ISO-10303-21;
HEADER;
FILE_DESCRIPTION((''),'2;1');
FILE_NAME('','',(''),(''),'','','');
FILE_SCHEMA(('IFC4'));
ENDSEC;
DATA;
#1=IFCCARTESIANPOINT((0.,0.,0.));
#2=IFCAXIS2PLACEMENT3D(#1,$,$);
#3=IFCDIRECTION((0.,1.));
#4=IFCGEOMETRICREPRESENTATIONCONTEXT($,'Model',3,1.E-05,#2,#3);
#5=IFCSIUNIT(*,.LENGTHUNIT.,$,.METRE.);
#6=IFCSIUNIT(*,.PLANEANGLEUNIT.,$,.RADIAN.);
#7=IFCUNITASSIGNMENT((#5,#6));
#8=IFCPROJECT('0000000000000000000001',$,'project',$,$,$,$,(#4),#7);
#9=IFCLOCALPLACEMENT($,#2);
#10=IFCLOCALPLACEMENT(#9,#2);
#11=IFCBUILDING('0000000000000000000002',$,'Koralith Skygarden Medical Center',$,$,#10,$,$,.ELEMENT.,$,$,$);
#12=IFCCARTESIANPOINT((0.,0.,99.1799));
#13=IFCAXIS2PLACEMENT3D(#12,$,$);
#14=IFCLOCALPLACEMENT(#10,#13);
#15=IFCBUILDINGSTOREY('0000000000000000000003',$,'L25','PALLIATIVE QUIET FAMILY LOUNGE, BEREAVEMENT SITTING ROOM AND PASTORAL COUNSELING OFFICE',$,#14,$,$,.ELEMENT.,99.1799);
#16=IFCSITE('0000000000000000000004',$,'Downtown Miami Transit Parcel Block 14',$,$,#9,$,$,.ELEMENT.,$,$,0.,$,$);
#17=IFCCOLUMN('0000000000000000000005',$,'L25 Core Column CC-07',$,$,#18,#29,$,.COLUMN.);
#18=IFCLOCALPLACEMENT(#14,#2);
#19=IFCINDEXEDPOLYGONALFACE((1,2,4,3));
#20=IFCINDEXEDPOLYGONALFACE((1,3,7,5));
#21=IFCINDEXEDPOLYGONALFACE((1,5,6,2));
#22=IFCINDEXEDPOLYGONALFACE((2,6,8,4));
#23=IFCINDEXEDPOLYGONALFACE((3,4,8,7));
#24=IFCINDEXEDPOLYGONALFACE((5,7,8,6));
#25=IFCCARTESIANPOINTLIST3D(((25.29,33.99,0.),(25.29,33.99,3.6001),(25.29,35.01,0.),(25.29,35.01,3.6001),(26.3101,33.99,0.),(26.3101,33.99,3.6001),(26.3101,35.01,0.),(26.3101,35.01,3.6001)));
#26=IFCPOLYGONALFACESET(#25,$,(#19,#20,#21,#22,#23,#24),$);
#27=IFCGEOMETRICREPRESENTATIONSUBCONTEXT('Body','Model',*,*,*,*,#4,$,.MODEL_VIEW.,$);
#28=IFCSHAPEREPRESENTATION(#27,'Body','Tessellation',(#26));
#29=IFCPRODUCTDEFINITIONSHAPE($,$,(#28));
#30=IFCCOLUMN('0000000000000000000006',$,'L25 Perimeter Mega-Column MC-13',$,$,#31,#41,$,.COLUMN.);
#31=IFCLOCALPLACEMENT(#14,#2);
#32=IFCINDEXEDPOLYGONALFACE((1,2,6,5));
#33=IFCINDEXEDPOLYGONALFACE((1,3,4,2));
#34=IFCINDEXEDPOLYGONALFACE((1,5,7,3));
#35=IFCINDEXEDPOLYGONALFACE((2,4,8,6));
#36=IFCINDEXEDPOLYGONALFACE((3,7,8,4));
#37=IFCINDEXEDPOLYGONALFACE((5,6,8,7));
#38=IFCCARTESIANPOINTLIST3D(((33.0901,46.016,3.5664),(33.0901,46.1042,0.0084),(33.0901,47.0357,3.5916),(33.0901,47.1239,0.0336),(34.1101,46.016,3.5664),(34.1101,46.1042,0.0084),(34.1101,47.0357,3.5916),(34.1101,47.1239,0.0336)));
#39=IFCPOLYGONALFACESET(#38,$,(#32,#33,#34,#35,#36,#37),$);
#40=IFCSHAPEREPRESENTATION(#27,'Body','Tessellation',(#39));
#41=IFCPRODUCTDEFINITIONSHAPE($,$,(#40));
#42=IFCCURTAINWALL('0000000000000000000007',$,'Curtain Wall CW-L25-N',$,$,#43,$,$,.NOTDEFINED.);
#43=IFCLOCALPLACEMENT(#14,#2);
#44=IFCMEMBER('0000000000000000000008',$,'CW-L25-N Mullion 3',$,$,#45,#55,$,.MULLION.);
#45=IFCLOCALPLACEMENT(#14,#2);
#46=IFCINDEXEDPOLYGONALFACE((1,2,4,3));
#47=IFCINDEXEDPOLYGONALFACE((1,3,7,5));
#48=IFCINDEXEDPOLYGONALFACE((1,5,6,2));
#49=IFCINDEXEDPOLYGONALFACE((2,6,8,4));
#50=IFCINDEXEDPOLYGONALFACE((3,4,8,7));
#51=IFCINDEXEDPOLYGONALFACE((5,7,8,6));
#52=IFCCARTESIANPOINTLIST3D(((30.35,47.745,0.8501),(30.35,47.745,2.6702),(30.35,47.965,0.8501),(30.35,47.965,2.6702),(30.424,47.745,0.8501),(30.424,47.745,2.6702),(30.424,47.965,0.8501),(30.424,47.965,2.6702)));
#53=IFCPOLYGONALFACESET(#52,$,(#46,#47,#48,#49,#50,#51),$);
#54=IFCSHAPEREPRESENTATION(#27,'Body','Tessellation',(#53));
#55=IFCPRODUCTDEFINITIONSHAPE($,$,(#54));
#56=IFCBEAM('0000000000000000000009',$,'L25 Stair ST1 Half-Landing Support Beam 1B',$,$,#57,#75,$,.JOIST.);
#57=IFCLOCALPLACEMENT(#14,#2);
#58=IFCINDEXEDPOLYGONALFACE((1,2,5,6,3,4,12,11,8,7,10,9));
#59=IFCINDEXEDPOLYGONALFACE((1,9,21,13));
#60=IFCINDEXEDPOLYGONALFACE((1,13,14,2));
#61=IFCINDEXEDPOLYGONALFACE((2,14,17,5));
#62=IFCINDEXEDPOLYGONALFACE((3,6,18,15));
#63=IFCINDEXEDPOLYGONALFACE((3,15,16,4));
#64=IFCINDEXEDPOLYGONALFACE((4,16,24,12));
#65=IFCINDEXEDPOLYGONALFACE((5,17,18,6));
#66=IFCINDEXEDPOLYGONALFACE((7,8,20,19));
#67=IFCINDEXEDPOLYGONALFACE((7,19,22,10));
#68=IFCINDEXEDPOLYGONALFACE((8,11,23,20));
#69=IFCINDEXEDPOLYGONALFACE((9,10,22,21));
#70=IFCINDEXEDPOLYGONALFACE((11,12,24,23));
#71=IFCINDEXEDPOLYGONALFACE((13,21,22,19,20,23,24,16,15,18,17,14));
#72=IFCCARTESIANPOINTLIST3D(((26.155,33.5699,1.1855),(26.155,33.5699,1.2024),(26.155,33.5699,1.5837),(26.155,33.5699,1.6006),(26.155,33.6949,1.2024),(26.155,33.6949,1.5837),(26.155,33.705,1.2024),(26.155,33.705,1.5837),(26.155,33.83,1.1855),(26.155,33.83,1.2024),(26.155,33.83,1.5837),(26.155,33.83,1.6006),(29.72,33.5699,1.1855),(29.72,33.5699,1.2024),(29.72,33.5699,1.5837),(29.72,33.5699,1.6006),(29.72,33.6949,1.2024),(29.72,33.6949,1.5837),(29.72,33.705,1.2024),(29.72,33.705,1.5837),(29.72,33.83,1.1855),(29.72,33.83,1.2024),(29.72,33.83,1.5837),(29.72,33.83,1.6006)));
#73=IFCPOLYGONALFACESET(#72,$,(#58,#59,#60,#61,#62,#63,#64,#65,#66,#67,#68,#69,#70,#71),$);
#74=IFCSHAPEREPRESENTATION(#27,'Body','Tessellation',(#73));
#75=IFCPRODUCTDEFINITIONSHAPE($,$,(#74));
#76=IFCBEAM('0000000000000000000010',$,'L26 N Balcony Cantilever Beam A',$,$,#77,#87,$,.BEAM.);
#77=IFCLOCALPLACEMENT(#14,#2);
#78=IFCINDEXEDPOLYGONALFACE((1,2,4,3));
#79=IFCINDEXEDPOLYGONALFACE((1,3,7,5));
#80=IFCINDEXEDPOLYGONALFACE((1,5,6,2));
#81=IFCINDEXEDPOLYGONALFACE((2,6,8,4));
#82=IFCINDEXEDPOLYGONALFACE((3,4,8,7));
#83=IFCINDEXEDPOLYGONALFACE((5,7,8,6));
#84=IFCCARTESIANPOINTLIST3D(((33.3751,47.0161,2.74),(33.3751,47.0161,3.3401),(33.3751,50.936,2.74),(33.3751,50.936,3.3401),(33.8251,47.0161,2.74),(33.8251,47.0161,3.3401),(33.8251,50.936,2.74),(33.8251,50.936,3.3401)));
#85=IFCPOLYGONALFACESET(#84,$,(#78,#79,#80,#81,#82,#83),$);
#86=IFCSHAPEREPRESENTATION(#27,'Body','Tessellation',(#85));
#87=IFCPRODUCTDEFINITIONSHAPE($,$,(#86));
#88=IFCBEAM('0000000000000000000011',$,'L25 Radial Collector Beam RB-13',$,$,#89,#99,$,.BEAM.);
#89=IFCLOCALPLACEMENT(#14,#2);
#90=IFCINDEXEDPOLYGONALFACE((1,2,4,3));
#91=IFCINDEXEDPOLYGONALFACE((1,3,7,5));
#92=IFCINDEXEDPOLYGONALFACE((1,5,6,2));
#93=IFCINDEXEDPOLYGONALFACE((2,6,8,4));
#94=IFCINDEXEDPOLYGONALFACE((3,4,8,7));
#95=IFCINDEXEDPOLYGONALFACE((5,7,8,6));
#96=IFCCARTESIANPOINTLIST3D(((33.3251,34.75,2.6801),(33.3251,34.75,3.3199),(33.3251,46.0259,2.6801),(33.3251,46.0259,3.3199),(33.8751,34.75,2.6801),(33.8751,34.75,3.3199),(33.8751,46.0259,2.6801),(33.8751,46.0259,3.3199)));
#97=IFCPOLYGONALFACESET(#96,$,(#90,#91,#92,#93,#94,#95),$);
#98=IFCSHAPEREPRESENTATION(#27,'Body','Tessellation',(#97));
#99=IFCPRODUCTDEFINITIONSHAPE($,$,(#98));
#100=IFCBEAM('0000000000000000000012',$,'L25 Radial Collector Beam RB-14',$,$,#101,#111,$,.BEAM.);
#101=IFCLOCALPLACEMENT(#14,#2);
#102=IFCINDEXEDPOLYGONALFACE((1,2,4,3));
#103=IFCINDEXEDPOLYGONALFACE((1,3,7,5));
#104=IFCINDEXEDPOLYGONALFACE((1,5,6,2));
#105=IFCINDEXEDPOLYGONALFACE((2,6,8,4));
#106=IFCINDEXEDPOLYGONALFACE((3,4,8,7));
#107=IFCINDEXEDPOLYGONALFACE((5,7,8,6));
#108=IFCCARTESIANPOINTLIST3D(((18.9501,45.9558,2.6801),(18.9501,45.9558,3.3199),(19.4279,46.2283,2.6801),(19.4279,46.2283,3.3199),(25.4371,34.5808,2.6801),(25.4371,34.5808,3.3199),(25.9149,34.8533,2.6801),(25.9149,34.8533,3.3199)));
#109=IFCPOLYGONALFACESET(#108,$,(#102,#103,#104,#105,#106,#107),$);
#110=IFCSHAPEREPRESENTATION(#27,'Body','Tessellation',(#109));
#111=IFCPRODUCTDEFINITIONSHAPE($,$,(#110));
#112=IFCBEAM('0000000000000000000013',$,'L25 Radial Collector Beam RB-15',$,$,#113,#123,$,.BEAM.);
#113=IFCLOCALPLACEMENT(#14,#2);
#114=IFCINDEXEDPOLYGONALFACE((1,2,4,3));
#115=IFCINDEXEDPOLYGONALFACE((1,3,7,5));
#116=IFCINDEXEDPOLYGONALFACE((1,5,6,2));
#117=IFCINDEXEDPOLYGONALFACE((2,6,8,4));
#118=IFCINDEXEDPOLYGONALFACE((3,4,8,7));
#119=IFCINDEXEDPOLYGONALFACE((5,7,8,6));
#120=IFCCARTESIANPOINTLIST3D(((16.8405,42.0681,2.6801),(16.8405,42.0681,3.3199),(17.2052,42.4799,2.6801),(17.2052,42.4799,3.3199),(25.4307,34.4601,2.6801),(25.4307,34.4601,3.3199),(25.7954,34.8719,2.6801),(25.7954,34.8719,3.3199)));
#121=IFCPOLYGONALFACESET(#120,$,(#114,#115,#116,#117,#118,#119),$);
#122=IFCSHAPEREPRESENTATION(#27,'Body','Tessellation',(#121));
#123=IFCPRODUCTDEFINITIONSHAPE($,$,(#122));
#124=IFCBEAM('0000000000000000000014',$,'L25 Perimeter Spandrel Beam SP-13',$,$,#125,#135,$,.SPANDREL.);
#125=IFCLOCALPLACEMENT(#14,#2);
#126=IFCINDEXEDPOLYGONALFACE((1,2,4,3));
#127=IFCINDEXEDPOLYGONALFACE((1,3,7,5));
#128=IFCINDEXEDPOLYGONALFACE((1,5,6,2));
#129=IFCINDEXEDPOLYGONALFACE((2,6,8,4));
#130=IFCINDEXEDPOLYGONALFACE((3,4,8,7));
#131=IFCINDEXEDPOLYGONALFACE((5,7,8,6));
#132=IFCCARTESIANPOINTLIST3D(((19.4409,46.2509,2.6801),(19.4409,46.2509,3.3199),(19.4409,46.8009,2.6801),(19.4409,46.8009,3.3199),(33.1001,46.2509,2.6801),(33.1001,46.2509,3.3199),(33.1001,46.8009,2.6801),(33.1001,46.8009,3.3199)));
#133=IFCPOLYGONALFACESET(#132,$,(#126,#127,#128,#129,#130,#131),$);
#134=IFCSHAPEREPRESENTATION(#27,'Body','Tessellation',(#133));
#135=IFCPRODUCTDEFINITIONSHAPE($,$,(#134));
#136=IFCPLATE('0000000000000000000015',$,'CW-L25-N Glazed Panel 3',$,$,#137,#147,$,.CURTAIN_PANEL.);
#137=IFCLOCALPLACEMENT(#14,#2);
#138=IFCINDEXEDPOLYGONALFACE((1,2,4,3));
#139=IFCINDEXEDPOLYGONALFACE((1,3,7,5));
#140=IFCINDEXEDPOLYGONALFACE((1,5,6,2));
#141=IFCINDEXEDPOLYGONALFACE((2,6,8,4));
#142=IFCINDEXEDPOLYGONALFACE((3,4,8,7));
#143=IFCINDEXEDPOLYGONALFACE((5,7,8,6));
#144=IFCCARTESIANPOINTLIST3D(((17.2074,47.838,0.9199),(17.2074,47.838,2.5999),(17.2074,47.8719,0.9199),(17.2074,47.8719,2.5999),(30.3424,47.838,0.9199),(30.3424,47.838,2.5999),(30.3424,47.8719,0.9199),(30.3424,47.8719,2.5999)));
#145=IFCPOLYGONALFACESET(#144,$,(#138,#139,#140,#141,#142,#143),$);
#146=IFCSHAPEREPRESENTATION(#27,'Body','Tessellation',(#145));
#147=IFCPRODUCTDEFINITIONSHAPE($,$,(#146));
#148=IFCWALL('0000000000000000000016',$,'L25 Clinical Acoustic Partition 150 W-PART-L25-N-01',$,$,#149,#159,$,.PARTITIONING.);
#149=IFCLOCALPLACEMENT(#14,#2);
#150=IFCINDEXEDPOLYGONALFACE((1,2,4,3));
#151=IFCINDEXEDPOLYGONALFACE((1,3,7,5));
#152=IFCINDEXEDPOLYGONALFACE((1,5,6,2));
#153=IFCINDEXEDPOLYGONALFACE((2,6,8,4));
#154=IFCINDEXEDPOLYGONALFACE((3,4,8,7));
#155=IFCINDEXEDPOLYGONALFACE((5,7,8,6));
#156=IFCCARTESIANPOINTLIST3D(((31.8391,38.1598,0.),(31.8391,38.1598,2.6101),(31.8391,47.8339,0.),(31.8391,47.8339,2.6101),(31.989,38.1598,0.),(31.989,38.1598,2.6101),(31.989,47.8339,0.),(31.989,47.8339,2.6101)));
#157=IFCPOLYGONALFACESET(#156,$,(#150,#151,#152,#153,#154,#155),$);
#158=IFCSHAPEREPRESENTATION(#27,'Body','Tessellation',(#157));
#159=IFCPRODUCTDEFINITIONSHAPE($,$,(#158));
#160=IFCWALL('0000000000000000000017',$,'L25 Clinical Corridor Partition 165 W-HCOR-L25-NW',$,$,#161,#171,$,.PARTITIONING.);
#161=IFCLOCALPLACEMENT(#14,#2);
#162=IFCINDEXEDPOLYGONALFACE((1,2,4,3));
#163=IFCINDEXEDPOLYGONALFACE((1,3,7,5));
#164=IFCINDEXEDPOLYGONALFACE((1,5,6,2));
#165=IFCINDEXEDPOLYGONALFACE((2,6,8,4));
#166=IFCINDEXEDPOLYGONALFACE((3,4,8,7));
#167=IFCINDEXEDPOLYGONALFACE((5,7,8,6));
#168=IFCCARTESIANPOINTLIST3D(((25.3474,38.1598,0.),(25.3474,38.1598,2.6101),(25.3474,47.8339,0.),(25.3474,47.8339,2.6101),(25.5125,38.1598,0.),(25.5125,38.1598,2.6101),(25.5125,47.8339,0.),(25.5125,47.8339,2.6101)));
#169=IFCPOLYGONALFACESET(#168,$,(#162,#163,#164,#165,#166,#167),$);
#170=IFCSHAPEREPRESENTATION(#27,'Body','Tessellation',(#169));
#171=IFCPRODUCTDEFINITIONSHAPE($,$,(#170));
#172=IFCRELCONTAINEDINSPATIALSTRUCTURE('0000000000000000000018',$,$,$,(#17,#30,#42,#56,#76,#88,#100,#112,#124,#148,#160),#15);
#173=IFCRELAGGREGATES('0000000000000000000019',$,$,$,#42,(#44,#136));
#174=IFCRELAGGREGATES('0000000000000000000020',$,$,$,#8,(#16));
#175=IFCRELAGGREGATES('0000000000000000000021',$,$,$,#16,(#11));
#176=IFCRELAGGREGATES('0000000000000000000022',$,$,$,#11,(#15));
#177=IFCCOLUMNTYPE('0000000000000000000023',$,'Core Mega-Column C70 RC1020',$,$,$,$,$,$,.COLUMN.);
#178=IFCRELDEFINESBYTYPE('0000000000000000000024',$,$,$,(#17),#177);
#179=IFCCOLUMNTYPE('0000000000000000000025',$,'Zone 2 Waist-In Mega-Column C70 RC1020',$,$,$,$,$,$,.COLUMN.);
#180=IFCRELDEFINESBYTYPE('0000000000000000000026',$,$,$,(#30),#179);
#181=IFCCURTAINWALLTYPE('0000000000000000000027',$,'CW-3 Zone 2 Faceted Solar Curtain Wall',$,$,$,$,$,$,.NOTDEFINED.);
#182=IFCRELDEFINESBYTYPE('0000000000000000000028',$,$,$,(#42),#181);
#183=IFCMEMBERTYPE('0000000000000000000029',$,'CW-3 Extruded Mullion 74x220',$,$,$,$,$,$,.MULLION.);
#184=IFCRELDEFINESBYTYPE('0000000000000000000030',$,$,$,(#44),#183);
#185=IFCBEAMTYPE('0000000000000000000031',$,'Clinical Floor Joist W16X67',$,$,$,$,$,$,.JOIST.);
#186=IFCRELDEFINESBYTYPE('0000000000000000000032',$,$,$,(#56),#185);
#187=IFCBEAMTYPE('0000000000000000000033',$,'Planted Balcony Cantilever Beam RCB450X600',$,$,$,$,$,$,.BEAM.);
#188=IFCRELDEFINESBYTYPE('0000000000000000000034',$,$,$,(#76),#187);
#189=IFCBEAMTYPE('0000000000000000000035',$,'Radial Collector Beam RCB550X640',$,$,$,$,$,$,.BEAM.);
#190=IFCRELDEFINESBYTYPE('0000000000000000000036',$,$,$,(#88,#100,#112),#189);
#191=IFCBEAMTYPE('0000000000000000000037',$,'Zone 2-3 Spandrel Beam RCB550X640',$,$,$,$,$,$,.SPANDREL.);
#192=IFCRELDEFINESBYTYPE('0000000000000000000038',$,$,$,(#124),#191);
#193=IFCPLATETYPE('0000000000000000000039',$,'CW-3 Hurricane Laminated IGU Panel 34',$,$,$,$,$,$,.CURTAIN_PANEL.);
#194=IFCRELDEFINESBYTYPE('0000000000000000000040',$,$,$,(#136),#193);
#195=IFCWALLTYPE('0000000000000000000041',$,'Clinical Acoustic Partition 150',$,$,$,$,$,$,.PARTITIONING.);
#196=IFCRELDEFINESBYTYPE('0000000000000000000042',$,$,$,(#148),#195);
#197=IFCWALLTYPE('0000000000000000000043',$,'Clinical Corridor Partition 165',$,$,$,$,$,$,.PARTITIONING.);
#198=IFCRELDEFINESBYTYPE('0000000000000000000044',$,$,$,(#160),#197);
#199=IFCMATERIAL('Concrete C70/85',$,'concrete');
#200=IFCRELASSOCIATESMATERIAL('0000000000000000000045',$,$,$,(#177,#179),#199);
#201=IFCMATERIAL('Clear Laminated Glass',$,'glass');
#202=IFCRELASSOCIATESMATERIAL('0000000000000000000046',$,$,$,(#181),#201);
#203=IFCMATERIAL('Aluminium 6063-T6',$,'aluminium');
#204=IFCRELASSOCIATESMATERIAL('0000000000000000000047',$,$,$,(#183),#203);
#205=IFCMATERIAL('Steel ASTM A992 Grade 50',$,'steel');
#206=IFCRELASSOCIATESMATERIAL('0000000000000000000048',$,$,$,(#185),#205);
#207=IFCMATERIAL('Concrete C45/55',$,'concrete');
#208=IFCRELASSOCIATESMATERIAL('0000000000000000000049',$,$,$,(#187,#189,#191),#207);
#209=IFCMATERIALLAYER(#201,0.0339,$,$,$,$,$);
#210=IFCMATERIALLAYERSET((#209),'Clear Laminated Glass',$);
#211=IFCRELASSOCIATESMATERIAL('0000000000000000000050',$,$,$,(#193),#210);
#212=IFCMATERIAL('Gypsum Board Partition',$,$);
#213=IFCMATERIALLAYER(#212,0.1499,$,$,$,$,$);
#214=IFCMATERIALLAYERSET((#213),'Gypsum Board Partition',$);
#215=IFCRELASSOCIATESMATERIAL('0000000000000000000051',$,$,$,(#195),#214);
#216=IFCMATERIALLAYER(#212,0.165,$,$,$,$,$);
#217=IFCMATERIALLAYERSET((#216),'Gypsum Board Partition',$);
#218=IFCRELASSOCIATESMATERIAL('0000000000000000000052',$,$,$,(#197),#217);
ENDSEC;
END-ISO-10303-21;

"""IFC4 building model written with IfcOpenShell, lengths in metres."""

from ifc_helpers import new_model, si_unit, direction, frame, frame_2d, origin, origin_2d, place, context, subcontext, project, spatial, rectangle, i_section, extrude, material, layer, layer_set, material_profile, profile_set, type_object, element, aggregate, save


model = new_model("IFC4")

# Units and contexts
model_context = context("Model", 3, precision=1e-05, world=origin(), true_north=direction((0.0, 1.0)))
body_context = subcontext(model_context, "Body", "Model", "MODEL_VIEW")
ifc_project = project(units=[si_unit("LENGTHUNIT", "METRE"), si_unit("PLANEANGLEUNIT", "RADIAN")], contexts=[model_context])

# Site, building, storey
site_placement = place(None, origin())
site = spatial("IfcSite", under=ifc_project, at=site_placement, Name="Downtown Miami Transit Parcel Block 14", CompositionType="ELEMENT", RefElevation=0.0)
building_placement = place(site_placement, origin())
building = spatial("IfcBuilding", under=site, at=building_placement, Name="Koralith Skygarden Medical Center", CompositionType="ELEMENT")
storey_placement = place(building_placement, frame((0.0, 0.0, 99.1799)))
storey = spatial("IfcBuildingStorey", under=building, at=storey_placement, Name="L25", Description="PALLIATIVE QUIET FAMILY LOUNGE, BEREAVEMENT SITTING ROOM AND PASTORAL COUNSELING OFFICE", CompositionType="ELEMENT", Elevation=99.1799)

# Columns
ifc_material_1 = material(Name="Concrete C70/85", Category="concrete")
ifc_material_profile_1 = material_profile(ifc_material_1, rectangle(XDim=1.02, YDim=1.02, at=origin_2d()), Name="RC1020X1020")
ifc_profile_set_1 = profile_set([ifc_material_profile_1], Name="Concrete C70/85")
column_type_1 = type_object("IfcColumnType", Name="Core Mega-Column C70 RC1020", PredefinedType="COLUMN", material=ifc_profile_set_1)
column_1_placement = place(storey_placement, frame((25.8, 34.5, 0.0), z_axis=(0.0, 0.0, 1.0), x_axis=(1.0, 0.0, 0.0)))
element("IfcColumn", 1, at=column_1_placement, inside=storey, type_object=column_type_1, Name="L25 Core Column CC-07", PredefinedType="COLUMN", context=body_context, shape_type="SweptSolid", body=[
    extrude(rectangle(XDim=1.02, YDim=1.02, at=origin_2d()), origin(), (0.0, 0.0, 1.0), 3.6001),
])
ifc_material_profile_2 = material_profile(ifc_material_1, rectangle(XDim=1.02, YDim=1.02, at=origin_2d()), Name="RC1020X1020")
ifc_profile_set_2 = profile_set([ifc_material_profile_2], Name="Concrete C70/85")
column_type_2 = type_object("IfcColumnType", Name="Zone 2 Waist-In Mega-Column C70 RC1020", PredefinedType="COLUMN", material=ifc_profile_set_2)
column_2_placement = place(storey_placement, frame((33.6001, 46.614, 0.021), z_axis=(0.0, -0.024763, 0.999693), x_axis=(1.0, 0.0, 0.0)))
element("IfcColumn", 2, at=column_2_placement, inside=storey, type_object=column_type_2, Name="L25 Perimeter Mega-Column MC-13", PredefinedType="COLUMN", context=body_context, shape_type="SweptSolid", body=[
    extrude(rectangle(XDim=1.02, YDim=1.02, at=origin_2d()), origin(), (0.0, 0.0, 1.0), 3.5591),
])

# Curtain wall, member
ifc_material_2 = material(Name="Clear Laminated Glass", Category="glass")
curtain_wall_type = type_object("IfcCurtainWallType", Name="CW-3 Zone 2 Faceted Solar Curtain Wall", PredefinedType="NOTDEFINED", material=ifc_material_2)
curtain_wall_placement = place(storey_placement, origin())
curtain_wall = element("IfcCurtainWall", 3, at=curtain_wall_placement, inside=storey, type_object=curtain_wall_type, Name="Curtain Wall CW-L25-N", PredefinedType="NOTDEFINED")
ifc_material_3 = material(Name="Aluminium 6063-T6", Category="aluminium")
ifc_material_profile_3 = material_profile(ifc_material_3, rectangle(XDim=0.074, YDim=0.22, at=origin_2d()), Name="MUL74X220")
ifc_profile_set_3 = profile_set([ifc_material_profile_3], Name="Aluminium 6063-T6")
member_type = type_object("IfcMemberType", Name="CW-3 Extruded Mullion 74x220", PredefinedType="MULLION", material=ifc_profile_set_3)
member_placement = place(storey_placement, frame((30.387, 47.855, 0.8501), z_axis=(0.0, 0.0, 1.0), x_axis=(1.0, 0.0, 0.0)))
member = element("IfcMember", 4, at=member_placement, type_object=member_type, Name="CW-L25-N Mullion 3", PredefinedType="MULLION", context=body_context, shape_type="SweptSolid", body=[
    extrude(rectangle(XDim=0.074, YDim=0.22, at=origin_2d()), origin(), (0.0, 0.0, 1.0), 1.8201),
])

# Beams
ifc_material_4 = material(Name="Steel ASTM A992 Grade 50", Category="steel")
ifc_material_profile_4 = material_profile(ifc_material_4, i_section(OverallWidth=0.26, OverallDepth=0.415, WebThickness=0.01, FlangeThickness=0.0168, at=origin_2d()), Name="W16X67")
ifc_profile_set_4 = profile_set([ifc_material_profile_4], Name="Steel ASTM A992 Grade 50")
beam_type_1 = type_object("IfcBeamType", Name="Clinical Floor Joist W16X67", PredefinedType="JOIST", material=ifc_profile_set_4)
beam_1_placement = place(storey_placement, frame((26.155, 33.7, 1.3931), z_axis=(1.0, 0.0, 0.0), x_axis=(0.0, 1.0, 0.0)))
element("IfcBeam", 5, at=beam_1_placement, inside=storey, type_object=beam_type_1, Name="L25 Stair ST1 Half-Landing Support Beam 1B", PredefinedType="JOIST", context=body_context, shape_type="SweptSolid", body=[
    extrude(i_section(OverallWidth=0.26, OverallDepth=0.415, WebThickness=0.01, FlangeThickness=0.0168, at=origin_2d()), origin(), (0.0, 0.0, 1.0), 3.5649),
])
ifc_material_5 = material(Name="Concrete C45/55", Category="concrete")
ifc_material_profile_5 = material_profile(ifc_material_5, rectangle(XDim=0.45, YDim=0.6001, at=origin_2d()), Name="RCB450X600")
ifc_profile_set_5 = profile_set([ifc_material_profile_5], Name="Concrete C45/55")
beam_type_2 = type_object("IfcBeamType", Name="Planted Balcony Cantilever Beam RCB450X600", PredefinedType="BEAM", material=ifc_profile_set_5)
beam_2_placement = place(storey_placement, frame((33.6001, 47.0161, 3.04), z_axis=(0.0, 1.0, 0.0), x_axis=(-1.0, 0.0, 0.0)))
element("IfcBeam", 6, at=beam_2_placement, inside=storey, type_object=beam_type_2, Name="L26 N Balcony Cantilever Beam A", PredefinedType="BEAM", context=body_context, shape_type="SweptSolid", body=[
    extrude(rectangle(XDim=0.45, YDim=0.6001, at=origin_2d()), origin(), (0.0, 0.0, 1.0), 3.9199),
])
ifc_material_profile_6 = material_profile(ifc_material_5, rectangle(XDim=0.55, YDim=0.6399, at=origin_2d()), Name="RCB550X640")
ifc_profile_set_6 = profile_set([ifc_material_profile_6], Name="Concrete C45/55")
beam_type_3 = type_object("IfcBeamType", Name="Radial Collector Beam RCB550X640", PredefinedType="BEAM", material=ifc_profile_set_6)
beam_3_placement = place(storey_placement, frame((33.6001, 34.75, 3.0), z_axis=(0.0, 1.0, 0.0), x_axis=(-1.0, 0.0, 0.0)))
element("IfcBeam", 7, at=beam_3_placement, inside=storey, type_object=beam_type_3, Name="L25 Radial Collector Beam RB-13", PredefinedType="BEAM", context=body_context, shape_type="SweptSolid", body=[
    extrude(rectangle(XDim=0.55, YDim=0.6399, at=origin_2d()), origin(), (0.0, 0.0, 1.0), 11.2759),
])
beam_4_placement = place(storey_placement, frame((25.676, 34.717, 3.0), z_axis=(-0.495394, 0.868668, 0.0), x_axis=(-0.868668, -0.495394, 0.0)))
element("IfcBeam", 8, at=beam_4_placement, inside=storey, type_object=beam_type_3, Name="L25 Radial Collector Beam RB-14", PredefinedType="BEAM", context=body_context, shape_type="SweptSolid", body=[
    extrude(rectangle(XDim=0.55, YDim=0.6399, at=origin_2d()), origin(), (0.0, 0.0, 1.0), 13.0947),
])
beam_5_placement = place(storey_placement, frame((25.613, 34.666, 3.0), z_axis=(-0.748608, 0.663013, 0.0), x_axis=(-0.663013, -0.748608, 0.0)))
element("IfcBeam", 9, at=beam_5_placement, inside=storey, type_object=beam_type_3, Name="L25 Radial Collector Beam RB-15", PredefinedType="BEAM", context=body_context, shape_type="SweptSolid", body=[
    extrude(rectangle(XDim=0.55, YDim=0.6399, at=origin_2d()), origin(), (0.0, 0.0, 1.0), 11.4749),
])
ifc_material_profile_7 = material_profile(ifc_material_5, rectangle(XDim=0.55, YDim=0.6399, at=origin_2d()), Name="RCB550X640")
ifc_profile_set_7 = profile_set([ifc_material_profile_7], Name="Concrete C45/55")
beam_type_4 = type_object("IfcBeamType", Name="Zone 2-3 Spandrel Beam RCB550X640", PredefinedType="SPANDREL", material=ifc_profile_set_7)
beam_6_placement = place(storey_placement, frame((33.1001, 46.5259, 3.0), z_axis=(-1.0, 0.0, 0.0), x_axis=(0.0, -1.0, 0.0)))
element("IfcBeam", 10, at=beam_6_placement, inside=storey, type_object=beam_type_4, Name="L25 Perimeter Spandrel Beam SP-13", PredefinedType="SPANDREL", context=body_context, shape_type="SweptSolid", body=[
    extrude(rectangle(XDim=0.55, YDim=0.6399, at=origin_2d()), origin(), (0.0, 0.0, 1.0), 13.6592),
])

# Plate
ifc_layer_1 = layer(ifc_material_2, 0.0339)
ifc_layer_set_1 = layer_set([ifc_layer_1], Name="Clear Laminated Glass")
plate_type = type_object("IfcPlateType", Name="CW-3 Hurricane Laminated IGU Panel 34", PredefinedType="CURTAIN_PANEL", material=ifc_layer_set_1)
plate_placement = place(storey_placement, frame((23.7749, 47.855, 0.9199), z_axis=(0.0, 0.0, 1.0), x_axis=(-1.0, 0.0, 0.0)))
plate = element("IfcPlate", 11, at=plate_placement, type_object=plate_type, Name="CW-L25-N Glazed Panel 3", PredefinedType="CURTAIN_PANEL", context=body_context, shape_type="SweptSolid", body=[
    extrude(rectangle(XDim=13.135, YDim=0.0339, at=origin_2d()), origin(), (0.0, 0.0, 1.0), 1.6799),
])
aggregate(curtain_wall, [member, plate])

# Walls
ifc_material_6 = material(Name="Gypsum Board Partition")
ifc_layer_2 = layer(ifc_material_6, 0.1499)
ifc_layer_set_2 = layer_set([ifc_layer_2], Name="Gypsum Board Partition")
wall_type_1 = type_object("IfcWallType", Name="Clinical Acoustic Partition 150", PredefinedType="PARTITIONING", material=ifc_layer_set_2)
wall_1_placement = place(storey_placement, frame((31.9141, 38.1599, 0.0), z_axis=(0.0, 0.0, 1.0), x_axis=(0.0, 1.0, 0.0)))
element("IfcWall", 12, at=wall_1_placement, inside=storey, type_object=wall_type_1, Name="L25 Clinical Acoustic Partition 150 W-PART-L25-N-01", PredefinedType="PARTITIONING", context=body_context, shape_type="SweptSolid", body=[
    extrude(rectangle(XDim=9.6741, YDim=0.1499, at=frame_2d((4.8369, 0.0))), origin(), (0.0, 0.0, 1.0), 2.6101),
])
ifc_layer_3 = layer(ifc_material_6, 0.165)
ifc_layer_set_3 = layer_set([ifc_layer_3], Name="Gypsum Board Partition")
wall_type_2 = type_object("IfcWallType", Name="Clinical Corridor Partition 165", PredefinedType="PARTITIONING", material=ifc_layer_set_3)
wall_2_placement = place(storey_placement, frame((25.4299, 38.1599, 0.0), z_axis=(0.0, 0.0, 1.0), x_axis=(0.0, 1.0, 0.0)))
element("IfcWall", 13, at=wall_2_placement, inside=storey, type_object=wall_type_2, Name="L25 Clinical Corridor Partition 165 W-HCOR-L25-NW", PredefinedType="PARTITIONING", context=body_context, shape_type="SweptSolid", body=[
    extrude(rectangle(XDim=9.6741, YDim=0.165, at=frame_2d((4.8369, 0.0))), origin(), (0.0, 0.0, 1.0), 2.6101),
])

save(model, "model.ifc")
